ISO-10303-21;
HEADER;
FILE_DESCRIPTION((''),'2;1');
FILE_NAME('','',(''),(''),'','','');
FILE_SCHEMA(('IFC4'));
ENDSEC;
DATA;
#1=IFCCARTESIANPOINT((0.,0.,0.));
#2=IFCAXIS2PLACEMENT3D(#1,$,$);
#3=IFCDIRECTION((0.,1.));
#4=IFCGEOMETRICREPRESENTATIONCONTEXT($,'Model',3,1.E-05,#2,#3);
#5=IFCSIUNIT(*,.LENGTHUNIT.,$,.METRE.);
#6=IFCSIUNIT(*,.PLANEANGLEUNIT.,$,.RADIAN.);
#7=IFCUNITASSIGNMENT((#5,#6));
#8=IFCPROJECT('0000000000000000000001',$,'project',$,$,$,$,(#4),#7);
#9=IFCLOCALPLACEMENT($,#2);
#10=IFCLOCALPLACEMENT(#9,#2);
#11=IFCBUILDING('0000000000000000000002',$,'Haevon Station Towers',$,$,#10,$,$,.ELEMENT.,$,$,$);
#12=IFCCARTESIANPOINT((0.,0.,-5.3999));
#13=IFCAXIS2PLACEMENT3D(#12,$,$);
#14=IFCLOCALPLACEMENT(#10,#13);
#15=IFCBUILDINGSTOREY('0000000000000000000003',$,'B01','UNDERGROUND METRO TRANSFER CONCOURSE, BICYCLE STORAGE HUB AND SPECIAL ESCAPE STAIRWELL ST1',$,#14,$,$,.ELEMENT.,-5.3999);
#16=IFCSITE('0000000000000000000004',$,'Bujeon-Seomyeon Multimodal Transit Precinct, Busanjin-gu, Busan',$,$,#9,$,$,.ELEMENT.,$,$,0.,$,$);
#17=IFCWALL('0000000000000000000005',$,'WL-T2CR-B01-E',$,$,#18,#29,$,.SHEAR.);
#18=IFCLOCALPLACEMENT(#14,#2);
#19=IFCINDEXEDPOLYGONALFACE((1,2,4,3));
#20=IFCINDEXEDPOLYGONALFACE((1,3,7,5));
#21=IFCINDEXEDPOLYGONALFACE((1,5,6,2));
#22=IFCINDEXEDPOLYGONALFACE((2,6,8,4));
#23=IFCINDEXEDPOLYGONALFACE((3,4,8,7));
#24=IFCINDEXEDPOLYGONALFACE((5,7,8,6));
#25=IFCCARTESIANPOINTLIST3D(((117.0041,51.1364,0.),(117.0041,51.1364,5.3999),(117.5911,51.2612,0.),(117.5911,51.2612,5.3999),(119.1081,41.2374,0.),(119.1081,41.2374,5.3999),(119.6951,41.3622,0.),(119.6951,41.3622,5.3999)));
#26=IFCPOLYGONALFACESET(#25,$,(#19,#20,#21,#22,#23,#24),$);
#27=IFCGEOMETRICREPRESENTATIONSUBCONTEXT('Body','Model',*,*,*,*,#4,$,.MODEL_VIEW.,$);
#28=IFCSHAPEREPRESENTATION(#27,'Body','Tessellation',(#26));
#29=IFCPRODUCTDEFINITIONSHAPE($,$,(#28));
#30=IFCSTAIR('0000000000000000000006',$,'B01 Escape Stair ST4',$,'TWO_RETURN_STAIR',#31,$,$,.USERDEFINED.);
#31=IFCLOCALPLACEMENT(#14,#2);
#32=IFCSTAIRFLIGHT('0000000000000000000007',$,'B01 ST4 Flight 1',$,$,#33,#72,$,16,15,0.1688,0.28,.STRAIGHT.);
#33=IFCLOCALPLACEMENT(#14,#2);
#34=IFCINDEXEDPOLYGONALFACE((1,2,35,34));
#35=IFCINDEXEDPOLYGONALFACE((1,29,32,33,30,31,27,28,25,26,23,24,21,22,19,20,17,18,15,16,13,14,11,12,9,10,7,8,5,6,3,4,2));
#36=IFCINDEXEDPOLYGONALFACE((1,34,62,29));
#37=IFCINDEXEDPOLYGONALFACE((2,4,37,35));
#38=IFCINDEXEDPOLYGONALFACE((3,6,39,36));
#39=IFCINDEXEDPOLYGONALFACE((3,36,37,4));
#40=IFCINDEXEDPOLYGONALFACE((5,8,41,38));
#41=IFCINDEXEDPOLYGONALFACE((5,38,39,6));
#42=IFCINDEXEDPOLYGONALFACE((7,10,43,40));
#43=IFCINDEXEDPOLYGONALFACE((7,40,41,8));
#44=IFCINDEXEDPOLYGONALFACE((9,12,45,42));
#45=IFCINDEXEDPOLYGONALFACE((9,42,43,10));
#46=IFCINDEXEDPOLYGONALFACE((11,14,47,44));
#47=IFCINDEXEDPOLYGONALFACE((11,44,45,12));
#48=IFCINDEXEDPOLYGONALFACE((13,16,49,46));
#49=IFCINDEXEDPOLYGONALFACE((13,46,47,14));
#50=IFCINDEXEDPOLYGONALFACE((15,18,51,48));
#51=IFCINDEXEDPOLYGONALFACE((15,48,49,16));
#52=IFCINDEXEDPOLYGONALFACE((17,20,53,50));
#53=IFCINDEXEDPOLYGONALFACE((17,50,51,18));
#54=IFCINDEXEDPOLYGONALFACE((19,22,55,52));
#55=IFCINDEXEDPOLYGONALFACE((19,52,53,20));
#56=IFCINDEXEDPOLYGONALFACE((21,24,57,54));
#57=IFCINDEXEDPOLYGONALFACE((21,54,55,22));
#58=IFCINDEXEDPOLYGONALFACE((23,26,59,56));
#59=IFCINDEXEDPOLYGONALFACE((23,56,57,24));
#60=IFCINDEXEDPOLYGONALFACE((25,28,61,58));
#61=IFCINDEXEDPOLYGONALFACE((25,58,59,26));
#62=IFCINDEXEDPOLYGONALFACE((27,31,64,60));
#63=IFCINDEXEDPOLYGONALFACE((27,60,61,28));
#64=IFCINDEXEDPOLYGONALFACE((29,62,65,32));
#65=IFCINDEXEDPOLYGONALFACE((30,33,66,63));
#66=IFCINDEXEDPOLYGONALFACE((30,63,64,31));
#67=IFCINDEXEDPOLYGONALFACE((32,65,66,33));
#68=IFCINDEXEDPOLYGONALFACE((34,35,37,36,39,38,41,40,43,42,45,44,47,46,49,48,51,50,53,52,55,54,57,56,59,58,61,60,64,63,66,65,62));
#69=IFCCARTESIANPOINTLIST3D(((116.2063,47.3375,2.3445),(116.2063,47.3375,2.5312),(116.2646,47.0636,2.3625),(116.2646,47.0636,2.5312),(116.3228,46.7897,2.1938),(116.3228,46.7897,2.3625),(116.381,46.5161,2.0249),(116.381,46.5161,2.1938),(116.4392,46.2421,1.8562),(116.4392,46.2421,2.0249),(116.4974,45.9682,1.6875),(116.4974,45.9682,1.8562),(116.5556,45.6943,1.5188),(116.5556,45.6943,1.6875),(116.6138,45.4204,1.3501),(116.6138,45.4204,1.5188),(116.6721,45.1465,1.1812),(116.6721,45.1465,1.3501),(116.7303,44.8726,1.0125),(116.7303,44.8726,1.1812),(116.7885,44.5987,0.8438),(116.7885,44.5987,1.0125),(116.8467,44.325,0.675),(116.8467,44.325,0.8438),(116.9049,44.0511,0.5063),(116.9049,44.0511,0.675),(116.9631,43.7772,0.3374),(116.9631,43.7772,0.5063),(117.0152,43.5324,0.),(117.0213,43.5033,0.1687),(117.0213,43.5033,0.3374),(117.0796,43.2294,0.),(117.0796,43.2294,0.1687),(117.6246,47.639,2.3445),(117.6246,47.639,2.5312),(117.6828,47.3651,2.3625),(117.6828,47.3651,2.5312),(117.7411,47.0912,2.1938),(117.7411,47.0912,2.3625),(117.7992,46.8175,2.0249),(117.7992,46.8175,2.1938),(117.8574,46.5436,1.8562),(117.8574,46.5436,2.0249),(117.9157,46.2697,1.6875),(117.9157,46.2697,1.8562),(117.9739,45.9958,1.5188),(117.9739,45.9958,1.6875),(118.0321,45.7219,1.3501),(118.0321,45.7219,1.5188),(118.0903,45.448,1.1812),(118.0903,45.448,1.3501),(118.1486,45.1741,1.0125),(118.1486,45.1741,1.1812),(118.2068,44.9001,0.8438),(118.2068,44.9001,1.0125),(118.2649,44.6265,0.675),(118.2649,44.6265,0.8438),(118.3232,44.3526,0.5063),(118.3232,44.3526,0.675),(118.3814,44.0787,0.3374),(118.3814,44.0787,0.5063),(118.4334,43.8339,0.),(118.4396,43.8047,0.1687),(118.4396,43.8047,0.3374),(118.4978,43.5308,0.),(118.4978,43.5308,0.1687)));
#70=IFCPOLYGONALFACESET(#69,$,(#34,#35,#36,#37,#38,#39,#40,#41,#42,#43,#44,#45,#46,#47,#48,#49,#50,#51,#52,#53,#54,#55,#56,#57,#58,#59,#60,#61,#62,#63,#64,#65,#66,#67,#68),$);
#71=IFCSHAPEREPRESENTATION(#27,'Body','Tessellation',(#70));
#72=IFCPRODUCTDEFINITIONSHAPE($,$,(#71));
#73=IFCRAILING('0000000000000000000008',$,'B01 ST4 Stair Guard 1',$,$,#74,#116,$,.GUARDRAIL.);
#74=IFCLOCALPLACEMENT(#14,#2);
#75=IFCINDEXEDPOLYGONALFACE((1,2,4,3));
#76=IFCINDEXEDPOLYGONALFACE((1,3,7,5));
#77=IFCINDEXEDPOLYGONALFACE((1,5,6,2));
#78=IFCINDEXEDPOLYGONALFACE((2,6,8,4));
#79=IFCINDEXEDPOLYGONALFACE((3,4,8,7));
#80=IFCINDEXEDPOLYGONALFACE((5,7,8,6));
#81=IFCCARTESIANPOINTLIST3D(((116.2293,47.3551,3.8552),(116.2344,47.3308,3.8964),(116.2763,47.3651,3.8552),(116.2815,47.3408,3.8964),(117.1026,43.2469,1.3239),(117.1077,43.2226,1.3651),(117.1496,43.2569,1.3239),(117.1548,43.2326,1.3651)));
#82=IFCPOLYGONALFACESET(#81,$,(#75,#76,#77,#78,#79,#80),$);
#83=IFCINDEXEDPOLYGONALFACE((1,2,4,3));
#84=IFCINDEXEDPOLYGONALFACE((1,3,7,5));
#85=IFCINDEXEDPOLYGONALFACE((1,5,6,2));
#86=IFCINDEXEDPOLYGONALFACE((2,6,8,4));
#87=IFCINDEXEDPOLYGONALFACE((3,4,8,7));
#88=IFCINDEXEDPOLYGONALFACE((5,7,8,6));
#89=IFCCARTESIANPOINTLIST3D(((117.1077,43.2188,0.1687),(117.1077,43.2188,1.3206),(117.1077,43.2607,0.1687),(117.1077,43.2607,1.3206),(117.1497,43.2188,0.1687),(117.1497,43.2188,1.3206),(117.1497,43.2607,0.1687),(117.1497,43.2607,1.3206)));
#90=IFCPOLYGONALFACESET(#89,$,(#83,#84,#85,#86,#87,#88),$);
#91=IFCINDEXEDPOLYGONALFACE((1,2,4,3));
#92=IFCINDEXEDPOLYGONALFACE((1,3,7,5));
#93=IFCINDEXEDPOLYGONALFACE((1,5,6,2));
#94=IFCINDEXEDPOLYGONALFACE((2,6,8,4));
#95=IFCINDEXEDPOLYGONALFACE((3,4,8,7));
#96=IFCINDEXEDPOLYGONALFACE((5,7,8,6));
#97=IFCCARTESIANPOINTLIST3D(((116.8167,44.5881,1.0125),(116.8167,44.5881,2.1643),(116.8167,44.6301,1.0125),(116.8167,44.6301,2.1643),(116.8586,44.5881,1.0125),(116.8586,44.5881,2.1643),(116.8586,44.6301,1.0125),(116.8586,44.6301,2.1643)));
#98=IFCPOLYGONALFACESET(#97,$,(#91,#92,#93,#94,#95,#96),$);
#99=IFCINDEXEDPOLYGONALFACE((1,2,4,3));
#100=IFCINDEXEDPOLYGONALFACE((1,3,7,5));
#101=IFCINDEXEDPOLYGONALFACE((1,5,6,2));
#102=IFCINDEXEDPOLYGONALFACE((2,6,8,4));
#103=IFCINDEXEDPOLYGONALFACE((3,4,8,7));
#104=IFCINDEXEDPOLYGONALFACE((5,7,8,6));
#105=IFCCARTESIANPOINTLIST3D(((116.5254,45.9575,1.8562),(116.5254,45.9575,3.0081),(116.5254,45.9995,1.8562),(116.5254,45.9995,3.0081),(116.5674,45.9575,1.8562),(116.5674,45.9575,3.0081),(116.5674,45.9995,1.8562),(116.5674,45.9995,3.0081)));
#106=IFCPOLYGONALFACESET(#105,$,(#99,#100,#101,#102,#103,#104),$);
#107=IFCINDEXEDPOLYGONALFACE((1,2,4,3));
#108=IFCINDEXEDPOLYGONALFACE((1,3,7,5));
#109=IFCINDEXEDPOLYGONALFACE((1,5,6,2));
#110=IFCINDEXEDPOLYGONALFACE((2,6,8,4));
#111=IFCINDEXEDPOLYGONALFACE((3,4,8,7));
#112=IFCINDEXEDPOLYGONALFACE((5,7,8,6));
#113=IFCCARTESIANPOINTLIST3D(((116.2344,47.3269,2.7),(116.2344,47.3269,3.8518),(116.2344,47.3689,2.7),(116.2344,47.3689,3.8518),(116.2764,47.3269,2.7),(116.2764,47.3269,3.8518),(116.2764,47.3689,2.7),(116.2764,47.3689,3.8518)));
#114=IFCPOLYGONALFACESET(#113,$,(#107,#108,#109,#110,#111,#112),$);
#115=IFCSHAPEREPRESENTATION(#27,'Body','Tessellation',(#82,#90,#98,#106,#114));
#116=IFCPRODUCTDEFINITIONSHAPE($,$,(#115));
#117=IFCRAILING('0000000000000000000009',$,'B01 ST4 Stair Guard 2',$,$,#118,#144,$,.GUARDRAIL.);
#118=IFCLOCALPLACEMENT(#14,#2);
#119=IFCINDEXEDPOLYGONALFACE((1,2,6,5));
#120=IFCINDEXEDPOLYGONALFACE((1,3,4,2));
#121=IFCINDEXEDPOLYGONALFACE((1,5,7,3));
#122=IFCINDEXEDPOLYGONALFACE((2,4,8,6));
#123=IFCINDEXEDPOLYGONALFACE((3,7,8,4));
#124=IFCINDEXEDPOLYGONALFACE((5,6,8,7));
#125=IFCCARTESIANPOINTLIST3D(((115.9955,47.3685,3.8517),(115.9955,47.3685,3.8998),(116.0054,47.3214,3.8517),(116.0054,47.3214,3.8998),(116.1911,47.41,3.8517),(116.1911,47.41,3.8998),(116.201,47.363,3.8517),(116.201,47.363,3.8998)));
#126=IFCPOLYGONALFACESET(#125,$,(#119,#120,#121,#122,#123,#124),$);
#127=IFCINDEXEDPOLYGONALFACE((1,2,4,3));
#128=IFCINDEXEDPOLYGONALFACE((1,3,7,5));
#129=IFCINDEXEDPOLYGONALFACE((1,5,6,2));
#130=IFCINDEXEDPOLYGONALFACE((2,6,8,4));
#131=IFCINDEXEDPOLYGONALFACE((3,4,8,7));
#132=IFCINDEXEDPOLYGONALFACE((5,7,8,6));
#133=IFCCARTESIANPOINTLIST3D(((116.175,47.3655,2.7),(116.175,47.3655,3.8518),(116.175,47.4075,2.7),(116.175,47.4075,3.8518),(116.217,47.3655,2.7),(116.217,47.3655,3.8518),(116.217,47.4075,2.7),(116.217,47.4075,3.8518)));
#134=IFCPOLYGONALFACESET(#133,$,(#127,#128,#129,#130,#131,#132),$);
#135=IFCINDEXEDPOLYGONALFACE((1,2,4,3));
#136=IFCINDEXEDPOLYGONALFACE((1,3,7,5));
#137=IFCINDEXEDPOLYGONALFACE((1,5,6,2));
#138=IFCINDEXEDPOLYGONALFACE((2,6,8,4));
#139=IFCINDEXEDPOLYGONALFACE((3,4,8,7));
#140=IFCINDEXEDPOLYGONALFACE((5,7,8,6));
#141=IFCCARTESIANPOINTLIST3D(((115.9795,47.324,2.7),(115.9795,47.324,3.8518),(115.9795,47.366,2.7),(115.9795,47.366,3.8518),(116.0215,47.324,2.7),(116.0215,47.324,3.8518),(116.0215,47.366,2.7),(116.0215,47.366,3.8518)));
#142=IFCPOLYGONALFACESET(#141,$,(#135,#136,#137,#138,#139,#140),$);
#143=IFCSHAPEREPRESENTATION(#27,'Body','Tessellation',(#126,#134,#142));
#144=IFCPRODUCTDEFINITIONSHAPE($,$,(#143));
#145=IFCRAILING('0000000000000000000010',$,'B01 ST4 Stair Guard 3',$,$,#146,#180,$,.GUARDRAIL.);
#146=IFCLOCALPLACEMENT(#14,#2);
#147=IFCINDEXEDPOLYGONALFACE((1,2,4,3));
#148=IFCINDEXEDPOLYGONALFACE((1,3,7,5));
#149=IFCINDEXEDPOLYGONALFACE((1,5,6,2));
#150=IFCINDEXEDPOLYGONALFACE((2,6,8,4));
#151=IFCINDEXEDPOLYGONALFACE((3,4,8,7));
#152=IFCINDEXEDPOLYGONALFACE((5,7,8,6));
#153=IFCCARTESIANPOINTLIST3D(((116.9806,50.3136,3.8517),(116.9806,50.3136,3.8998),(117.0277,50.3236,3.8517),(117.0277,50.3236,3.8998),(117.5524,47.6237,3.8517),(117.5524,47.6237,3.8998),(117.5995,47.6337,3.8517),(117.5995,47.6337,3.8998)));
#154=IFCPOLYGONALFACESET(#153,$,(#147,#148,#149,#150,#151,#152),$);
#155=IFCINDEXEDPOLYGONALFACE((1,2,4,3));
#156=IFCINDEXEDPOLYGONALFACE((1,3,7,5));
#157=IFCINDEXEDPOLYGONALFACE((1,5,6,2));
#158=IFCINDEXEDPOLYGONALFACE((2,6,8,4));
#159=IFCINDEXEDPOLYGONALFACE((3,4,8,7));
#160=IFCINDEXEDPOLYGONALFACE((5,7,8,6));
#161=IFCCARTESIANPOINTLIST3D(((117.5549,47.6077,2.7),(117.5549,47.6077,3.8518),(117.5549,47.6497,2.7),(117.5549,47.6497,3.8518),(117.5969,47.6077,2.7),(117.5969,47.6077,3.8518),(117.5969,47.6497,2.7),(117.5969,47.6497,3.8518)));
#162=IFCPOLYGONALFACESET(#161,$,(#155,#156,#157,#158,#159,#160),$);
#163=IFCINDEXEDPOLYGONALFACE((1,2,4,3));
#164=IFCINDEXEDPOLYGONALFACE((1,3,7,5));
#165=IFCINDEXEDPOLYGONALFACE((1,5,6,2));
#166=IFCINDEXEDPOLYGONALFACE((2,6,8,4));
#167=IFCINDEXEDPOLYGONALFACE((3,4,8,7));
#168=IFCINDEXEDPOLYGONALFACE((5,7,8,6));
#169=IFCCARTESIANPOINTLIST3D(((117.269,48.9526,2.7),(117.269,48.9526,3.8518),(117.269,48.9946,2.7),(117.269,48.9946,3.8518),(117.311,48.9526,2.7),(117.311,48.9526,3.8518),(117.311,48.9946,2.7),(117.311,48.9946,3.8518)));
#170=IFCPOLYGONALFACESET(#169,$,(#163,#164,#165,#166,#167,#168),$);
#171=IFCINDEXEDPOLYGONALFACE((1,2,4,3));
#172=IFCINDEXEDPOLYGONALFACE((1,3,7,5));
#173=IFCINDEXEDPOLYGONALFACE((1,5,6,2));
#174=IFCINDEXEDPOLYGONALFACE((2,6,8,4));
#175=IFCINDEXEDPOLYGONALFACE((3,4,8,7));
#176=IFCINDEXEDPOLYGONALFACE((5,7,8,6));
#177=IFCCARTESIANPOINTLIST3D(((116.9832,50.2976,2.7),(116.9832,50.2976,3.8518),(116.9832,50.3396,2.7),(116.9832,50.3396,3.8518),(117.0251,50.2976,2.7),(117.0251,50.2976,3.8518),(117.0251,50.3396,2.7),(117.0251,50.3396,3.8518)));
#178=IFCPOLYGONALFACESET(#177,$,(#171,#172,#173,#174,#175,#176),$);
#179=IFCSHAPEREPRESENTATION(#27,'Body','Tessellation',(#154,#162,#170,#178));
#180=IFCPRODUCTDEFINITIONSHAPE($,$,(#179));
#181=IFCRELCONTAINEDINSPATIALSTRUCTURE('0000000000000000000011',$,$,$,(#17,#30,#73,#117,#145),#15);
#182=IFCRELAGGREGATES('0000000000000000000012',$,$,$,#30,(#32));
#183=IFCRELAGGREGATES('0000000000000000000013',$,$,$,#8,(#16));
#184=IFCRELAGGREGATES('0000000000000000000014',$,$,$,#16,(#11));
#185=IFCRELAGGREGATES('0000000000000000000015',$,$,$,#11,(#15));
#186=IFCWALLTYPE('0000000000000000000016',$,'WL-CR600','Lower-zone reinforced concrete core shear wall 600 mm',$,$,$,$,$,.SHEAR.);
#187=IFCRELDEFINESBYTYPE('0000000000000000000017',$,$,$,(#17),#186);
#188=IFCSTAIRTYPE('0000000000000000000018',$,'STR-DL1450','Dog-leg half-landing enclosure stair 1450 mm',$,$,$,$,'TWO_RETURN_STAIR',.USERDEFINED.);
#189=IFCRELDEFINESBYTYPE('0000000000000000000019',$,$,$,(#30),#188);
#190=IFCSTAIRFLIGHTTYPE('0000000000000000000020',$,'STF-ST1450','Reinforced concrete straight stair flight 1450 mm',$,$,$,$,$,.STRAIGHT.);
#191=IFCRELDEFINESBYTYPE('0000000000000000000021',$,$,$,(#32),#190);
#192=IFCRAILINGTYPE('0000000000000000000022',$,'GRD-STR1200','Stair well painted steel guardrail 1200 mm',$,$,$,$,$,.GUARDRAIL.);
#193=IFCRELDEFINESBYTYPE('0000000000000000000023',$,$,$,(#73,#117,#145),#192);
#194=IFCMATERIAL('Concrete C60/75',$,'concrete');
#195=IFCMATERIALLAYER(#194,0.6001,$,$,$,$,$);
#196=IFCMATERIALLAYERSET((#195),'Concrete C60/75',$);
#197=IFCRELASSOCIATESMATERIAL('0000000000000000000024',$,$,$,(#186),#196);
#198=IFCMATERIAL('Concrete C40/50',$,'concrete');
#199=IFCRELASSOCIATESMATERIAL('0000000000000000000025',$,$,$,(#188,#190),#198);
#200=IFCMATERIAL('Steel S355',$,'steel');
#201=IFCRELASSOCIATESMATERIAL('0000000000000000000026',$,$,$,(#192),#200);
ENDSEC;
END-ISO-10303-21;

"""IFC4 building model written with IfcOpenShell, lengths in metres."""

from ifc_helpers import new_model, si_unit, direction, frame, frame_2d, origin, origin_2d, place, context, subcontext, project, spatial, polyline, rectangle, outline, extrude, material, layer, layer_set, type_object, element, aggregate, save


model = new_model("IFC4")

# Units and contexts
model_context = context("Model", 3, precision=1e-05, world=origin(), true_north=direction((0.0, 1.0)))
body_context = subcontext(model_context, "Body", "Model", "MODEL_VIEW")
ifc_project = project(units=[si_unit("LENGTHUNIT", "METRE"), si_unit("PLANEANGLEUNIT", "RADIAN")], contexts=[model_context])

# Site, building, storey
site_placement = place(None, origin())
site = spatial("IfcSite", under=ifc_project, at=site_placement, Name="Bujeon-Seomyeon Multimodal Transit Precinct, Busanjin-gu, Busan", CompositionType="ELEMENT", RefElevation=0.0)
building_placement = place(site_placement, origin())
building = spatial("IfcBuilding", under=site, at=building_placement, Name="Haevon Station Towers", CompositionType="ELEMENT")
storey_placement = place(building_placement, frame((0.0, 0.0, -5.3999)))
storey = spatial("IfcBuildingStorey", under=building, at=storey_placement, Name="B01", Description="UNDERGROUND METRO TRANSFER CONCOURSE, BICYCLE STORAGE HUB AND SPECIAL ESCAPE STAIRWELL ST1", CompositionType="ELEMENT", Elevation=-5.3999)

# Shared definitions
ifc_material_1 = material(Name="Steel S355", Category="steel")

# Wall
ifc_material_2 = material(Name="Concrete C60/75", Category="concrete")
ifc_layer = layer(ifc_material_2, 0.6001)
ifc_layer_set = layer_set([ifc_layer], Name="Concrete C60/75")
wall_type = type_object("IfcWallType", Name="WL-CR600", Description="Lower-zone reinforced concrete core shear wall 600 mm", PredefinedType="SHEAR", material=ifc_layer_set)
wall_placement = place(storey_placement, frame((119.4016, 41.2998, 0.0), z_axis=(0.0, 0.0, 1.0), x_axis=(-0.207904, 0.978149, 0.0)))
element("IfcWall", 1, at=wall_placement, inside=storey, type_object=wall_type, Name="WL-T2CR-B01-E", PredefinedType="SHEAR", context=body_context, shape_type="SweptSolid", body=[
    extrude(rectangle(XDim=10.1201, YDim=0.6001, at=frame_2d((5.0601, 0.0))), origin(), (0.0, 0.0, 1.0), 5.3999),
])

# Stair, stair flight
ifc_material_3 = material(Name="Concrete C40/50", Category="concrete")
stair_type = type_object("IfcStairType", Name="STR-DL1450", Description="Dog-leg half-landing enclosure stair 1450 mm", ElementType="TWO_RETURN_STAIR", PredefinedType="USERDEFINED", material=ifc_material_3)
stair_placement = place(storey_placement, origin())
stair = element("IfcStair", 2, at=stair_placement, inside=storey, type_object=stair_type, Name="B01 Escape Stair ST4", ObjectType="TWO_RETURN_STAIR", PredefinedType="USERDEFINED")
stair_flight_type = type_object("IfcStairFlightType", Name="STF-ST1450", Description="Reinforced concrete straight stair flight 1450 mm", PredefinedType="STRAIGHT", material=ifc_material_3)
stair_flight_placement = place(storey_placement, frame((117.7888, 43.3801, 0.0), z_axis=(0.0, 0.0, 1.0), x_axis=(-0.207912, 0.978148, 0.0)))
stair_flight = element("IfcStairFlight", 3, at=stair_flight_placement, type_object=stair_flight_type, Name="B01 ST4 Flight 1", NumberOfRisers=16, NumberOfTreads=15, PredefinedType="STRAIGHT", RiserHeight=0.1688, TreadLength=0.28, context=body_context, shape_type="SweptSolid", body=[
    extrude(outline(polyline([(0.0, 0.0), (0.0, 0.1687), (0.28, 0.1687), (0.28, 0.3374), (0.5601, 0.3374), (0.5601, 0.5063), (0.8401, 0.5063), (0.8401, 0.675), (1.1201, 0.675), (1.1201, 0.8438), (1.3999, 0.8438), (1.3999, 1.0125), (1.6799, 1.0125), (1.6799, 1.1812), (1.96, 1.1812), (1.96, 1.3501), (2.24, 1.3501), (2.24, 1.5188), (2.52, 1.5188), (2.52, 1.6875), (2.8, 1.6875), (2.8, 1.8562), (3.0801, 1.8562), (3.0801, 2.0249), (3.3601, 2.0249), (3.3601, 2.1938), (3.6399, 2.1938), (3.6399, 2.3625), (3.9199, 2.3625), (3.9199, 2.5312), (4.2, 2.5312), (4.2, 2.7), (4.2, 2.3445), (0.3098, 0.0), (0.0, 0.0)])), frame((0.0, 0.7251, 0.0), z_axis=(0.0, -1.0, 0.0), x_axis=(1.0, 0.0, 0.0)), (0.0, 0.0, 1.0), 1.45),
])
aggregate(stair, [stair_flight])

# Railings
railing_type_1 = type_object("IfcRailingType", Name="GRD-STR1200", Description="Stair well painted steel guardrail 1200 mm", PredefinedType="GUARDRAIL", material=ifc_material_1)
railing_1_placement = place(storey_placement, frame((117.1287, 43.2397, 0.1687)))
element("IfcRailing", 4, at=railing_1_placement, inside=storey, type_object=railing_type_1, Name="B01 ST4 Stair Guard 1", PredefinedType="GUARDRAIL", context=body_context, shape_type="SweptSolid", body=[
    extrude(rectangle(XDim=0.0481, YDim=0.0481, at=origin_2d()), frame((0.0, 0.0, 1.1758), z_axis=(-0.178086, 0.837757, 0.516186), x_axis=(-0.978144, -0.207929, 0.0)), (0.0, 0.0, 1.0), 4.9038),
    extrude(rectangle(XDim=0.042, YDim=0.042, at=origin_2d()), origin(), (0.0, 0.0, 1.0), 1.1519),
    extrude(rectangle(XDim=0.042, YDim=0.042, at=origin_2d()), frame((-0.291, 1.3694, 0.8438)), (0.0, 0.0, 1.0), 1.1519),
    extrude(rectangle(XDim=0.042, YDim=0.042, at=origin_2d()), frame((-0.5823, 2.7388, 1.6875)), (0.0, 0.0, 1.0), 1.1519),
    extrude(rectangle(XDim=0.042, YDim=0.042, at=origin_2d()), frame((-0.8733, 4.1082, 2.5312)), (0.0, 0.0, 1.0), 1.1519),
])
railing_2_placement = place(storey_placement, frame((116.196, 47.3865, 2.7)))
element("IfcRailing", 5, at=railing_2_placement, inside=storey, type_object=railing_type_1, Name="B01 ST4 Stair Guard 2", PredefinedType="GUARDRAIL", context=body_context, shape_type="SweptSolid", body=[
    extrude(rectangle(XDim=0.0481, YDim=0.0481, at=origin_2d()), frame((0.0, 0.0, 1.1758), z_axis=(-0.978212, -0.20761, 0.0), x_axis=(0.20761, -0.978212, 0.0)), (0.0, 0.0, 1.0), 0.2),
    extrude(rectangle(XDim=0.042, YDim=0.042, at=origin_2d()), origin(), (0.0, 0.0, 1.0), 1.1519),
    extrude(rectangle(XDim=0.042, YDim=0.042, at=origin_2d()), frame((-0.1956, -0.0415, 0.0)), (0.0, 0.0, 1.0), 1.1519),
])
railing_3_placement = place(storey_placement, frame((117.5759, 47.6287, 2.7)))
element("IfcRailing", 6, at=railing_3_placement, inside=storey, type_object=railing_type_1, Name="B01 ST4 Stair Guard 3", PredefinedType="GUARDRAIL", context=body_context, shape_type="SweptSolid", body=[
    extrude(rectangle(XDim=0.0481, YDim=0.0481, at=origin_2d()), frame((0.0, 0.0, 1.1758), z_axis=(-0.207916, 0.978147, 0.0), x_axis=(-0.978147, -0.207916, 0.0)), (0.0, 0.0, 1.0), 2.75),
    extrude(rectangle(XDim=0.042, YDim=0.042, at=origin_2d()), origin(), (0.0, 0.0, 1.0), 1.1519),
    extrude(rectangle(XDim=0.042, YDim=0.042, at=origin_2d()), frame((-0.2859, 1.345, 0.0)), (0.0, 0.0, 1.0), 1.1519),
    extrude(rectangle(XDim=0.042, YDim=0.042, at=origin_2d()), frame((-0.5718, 2.6899, 0.0)), (0.0, 0.0, 1.0), 1.1519),
])

save(model, "model.ifc")
